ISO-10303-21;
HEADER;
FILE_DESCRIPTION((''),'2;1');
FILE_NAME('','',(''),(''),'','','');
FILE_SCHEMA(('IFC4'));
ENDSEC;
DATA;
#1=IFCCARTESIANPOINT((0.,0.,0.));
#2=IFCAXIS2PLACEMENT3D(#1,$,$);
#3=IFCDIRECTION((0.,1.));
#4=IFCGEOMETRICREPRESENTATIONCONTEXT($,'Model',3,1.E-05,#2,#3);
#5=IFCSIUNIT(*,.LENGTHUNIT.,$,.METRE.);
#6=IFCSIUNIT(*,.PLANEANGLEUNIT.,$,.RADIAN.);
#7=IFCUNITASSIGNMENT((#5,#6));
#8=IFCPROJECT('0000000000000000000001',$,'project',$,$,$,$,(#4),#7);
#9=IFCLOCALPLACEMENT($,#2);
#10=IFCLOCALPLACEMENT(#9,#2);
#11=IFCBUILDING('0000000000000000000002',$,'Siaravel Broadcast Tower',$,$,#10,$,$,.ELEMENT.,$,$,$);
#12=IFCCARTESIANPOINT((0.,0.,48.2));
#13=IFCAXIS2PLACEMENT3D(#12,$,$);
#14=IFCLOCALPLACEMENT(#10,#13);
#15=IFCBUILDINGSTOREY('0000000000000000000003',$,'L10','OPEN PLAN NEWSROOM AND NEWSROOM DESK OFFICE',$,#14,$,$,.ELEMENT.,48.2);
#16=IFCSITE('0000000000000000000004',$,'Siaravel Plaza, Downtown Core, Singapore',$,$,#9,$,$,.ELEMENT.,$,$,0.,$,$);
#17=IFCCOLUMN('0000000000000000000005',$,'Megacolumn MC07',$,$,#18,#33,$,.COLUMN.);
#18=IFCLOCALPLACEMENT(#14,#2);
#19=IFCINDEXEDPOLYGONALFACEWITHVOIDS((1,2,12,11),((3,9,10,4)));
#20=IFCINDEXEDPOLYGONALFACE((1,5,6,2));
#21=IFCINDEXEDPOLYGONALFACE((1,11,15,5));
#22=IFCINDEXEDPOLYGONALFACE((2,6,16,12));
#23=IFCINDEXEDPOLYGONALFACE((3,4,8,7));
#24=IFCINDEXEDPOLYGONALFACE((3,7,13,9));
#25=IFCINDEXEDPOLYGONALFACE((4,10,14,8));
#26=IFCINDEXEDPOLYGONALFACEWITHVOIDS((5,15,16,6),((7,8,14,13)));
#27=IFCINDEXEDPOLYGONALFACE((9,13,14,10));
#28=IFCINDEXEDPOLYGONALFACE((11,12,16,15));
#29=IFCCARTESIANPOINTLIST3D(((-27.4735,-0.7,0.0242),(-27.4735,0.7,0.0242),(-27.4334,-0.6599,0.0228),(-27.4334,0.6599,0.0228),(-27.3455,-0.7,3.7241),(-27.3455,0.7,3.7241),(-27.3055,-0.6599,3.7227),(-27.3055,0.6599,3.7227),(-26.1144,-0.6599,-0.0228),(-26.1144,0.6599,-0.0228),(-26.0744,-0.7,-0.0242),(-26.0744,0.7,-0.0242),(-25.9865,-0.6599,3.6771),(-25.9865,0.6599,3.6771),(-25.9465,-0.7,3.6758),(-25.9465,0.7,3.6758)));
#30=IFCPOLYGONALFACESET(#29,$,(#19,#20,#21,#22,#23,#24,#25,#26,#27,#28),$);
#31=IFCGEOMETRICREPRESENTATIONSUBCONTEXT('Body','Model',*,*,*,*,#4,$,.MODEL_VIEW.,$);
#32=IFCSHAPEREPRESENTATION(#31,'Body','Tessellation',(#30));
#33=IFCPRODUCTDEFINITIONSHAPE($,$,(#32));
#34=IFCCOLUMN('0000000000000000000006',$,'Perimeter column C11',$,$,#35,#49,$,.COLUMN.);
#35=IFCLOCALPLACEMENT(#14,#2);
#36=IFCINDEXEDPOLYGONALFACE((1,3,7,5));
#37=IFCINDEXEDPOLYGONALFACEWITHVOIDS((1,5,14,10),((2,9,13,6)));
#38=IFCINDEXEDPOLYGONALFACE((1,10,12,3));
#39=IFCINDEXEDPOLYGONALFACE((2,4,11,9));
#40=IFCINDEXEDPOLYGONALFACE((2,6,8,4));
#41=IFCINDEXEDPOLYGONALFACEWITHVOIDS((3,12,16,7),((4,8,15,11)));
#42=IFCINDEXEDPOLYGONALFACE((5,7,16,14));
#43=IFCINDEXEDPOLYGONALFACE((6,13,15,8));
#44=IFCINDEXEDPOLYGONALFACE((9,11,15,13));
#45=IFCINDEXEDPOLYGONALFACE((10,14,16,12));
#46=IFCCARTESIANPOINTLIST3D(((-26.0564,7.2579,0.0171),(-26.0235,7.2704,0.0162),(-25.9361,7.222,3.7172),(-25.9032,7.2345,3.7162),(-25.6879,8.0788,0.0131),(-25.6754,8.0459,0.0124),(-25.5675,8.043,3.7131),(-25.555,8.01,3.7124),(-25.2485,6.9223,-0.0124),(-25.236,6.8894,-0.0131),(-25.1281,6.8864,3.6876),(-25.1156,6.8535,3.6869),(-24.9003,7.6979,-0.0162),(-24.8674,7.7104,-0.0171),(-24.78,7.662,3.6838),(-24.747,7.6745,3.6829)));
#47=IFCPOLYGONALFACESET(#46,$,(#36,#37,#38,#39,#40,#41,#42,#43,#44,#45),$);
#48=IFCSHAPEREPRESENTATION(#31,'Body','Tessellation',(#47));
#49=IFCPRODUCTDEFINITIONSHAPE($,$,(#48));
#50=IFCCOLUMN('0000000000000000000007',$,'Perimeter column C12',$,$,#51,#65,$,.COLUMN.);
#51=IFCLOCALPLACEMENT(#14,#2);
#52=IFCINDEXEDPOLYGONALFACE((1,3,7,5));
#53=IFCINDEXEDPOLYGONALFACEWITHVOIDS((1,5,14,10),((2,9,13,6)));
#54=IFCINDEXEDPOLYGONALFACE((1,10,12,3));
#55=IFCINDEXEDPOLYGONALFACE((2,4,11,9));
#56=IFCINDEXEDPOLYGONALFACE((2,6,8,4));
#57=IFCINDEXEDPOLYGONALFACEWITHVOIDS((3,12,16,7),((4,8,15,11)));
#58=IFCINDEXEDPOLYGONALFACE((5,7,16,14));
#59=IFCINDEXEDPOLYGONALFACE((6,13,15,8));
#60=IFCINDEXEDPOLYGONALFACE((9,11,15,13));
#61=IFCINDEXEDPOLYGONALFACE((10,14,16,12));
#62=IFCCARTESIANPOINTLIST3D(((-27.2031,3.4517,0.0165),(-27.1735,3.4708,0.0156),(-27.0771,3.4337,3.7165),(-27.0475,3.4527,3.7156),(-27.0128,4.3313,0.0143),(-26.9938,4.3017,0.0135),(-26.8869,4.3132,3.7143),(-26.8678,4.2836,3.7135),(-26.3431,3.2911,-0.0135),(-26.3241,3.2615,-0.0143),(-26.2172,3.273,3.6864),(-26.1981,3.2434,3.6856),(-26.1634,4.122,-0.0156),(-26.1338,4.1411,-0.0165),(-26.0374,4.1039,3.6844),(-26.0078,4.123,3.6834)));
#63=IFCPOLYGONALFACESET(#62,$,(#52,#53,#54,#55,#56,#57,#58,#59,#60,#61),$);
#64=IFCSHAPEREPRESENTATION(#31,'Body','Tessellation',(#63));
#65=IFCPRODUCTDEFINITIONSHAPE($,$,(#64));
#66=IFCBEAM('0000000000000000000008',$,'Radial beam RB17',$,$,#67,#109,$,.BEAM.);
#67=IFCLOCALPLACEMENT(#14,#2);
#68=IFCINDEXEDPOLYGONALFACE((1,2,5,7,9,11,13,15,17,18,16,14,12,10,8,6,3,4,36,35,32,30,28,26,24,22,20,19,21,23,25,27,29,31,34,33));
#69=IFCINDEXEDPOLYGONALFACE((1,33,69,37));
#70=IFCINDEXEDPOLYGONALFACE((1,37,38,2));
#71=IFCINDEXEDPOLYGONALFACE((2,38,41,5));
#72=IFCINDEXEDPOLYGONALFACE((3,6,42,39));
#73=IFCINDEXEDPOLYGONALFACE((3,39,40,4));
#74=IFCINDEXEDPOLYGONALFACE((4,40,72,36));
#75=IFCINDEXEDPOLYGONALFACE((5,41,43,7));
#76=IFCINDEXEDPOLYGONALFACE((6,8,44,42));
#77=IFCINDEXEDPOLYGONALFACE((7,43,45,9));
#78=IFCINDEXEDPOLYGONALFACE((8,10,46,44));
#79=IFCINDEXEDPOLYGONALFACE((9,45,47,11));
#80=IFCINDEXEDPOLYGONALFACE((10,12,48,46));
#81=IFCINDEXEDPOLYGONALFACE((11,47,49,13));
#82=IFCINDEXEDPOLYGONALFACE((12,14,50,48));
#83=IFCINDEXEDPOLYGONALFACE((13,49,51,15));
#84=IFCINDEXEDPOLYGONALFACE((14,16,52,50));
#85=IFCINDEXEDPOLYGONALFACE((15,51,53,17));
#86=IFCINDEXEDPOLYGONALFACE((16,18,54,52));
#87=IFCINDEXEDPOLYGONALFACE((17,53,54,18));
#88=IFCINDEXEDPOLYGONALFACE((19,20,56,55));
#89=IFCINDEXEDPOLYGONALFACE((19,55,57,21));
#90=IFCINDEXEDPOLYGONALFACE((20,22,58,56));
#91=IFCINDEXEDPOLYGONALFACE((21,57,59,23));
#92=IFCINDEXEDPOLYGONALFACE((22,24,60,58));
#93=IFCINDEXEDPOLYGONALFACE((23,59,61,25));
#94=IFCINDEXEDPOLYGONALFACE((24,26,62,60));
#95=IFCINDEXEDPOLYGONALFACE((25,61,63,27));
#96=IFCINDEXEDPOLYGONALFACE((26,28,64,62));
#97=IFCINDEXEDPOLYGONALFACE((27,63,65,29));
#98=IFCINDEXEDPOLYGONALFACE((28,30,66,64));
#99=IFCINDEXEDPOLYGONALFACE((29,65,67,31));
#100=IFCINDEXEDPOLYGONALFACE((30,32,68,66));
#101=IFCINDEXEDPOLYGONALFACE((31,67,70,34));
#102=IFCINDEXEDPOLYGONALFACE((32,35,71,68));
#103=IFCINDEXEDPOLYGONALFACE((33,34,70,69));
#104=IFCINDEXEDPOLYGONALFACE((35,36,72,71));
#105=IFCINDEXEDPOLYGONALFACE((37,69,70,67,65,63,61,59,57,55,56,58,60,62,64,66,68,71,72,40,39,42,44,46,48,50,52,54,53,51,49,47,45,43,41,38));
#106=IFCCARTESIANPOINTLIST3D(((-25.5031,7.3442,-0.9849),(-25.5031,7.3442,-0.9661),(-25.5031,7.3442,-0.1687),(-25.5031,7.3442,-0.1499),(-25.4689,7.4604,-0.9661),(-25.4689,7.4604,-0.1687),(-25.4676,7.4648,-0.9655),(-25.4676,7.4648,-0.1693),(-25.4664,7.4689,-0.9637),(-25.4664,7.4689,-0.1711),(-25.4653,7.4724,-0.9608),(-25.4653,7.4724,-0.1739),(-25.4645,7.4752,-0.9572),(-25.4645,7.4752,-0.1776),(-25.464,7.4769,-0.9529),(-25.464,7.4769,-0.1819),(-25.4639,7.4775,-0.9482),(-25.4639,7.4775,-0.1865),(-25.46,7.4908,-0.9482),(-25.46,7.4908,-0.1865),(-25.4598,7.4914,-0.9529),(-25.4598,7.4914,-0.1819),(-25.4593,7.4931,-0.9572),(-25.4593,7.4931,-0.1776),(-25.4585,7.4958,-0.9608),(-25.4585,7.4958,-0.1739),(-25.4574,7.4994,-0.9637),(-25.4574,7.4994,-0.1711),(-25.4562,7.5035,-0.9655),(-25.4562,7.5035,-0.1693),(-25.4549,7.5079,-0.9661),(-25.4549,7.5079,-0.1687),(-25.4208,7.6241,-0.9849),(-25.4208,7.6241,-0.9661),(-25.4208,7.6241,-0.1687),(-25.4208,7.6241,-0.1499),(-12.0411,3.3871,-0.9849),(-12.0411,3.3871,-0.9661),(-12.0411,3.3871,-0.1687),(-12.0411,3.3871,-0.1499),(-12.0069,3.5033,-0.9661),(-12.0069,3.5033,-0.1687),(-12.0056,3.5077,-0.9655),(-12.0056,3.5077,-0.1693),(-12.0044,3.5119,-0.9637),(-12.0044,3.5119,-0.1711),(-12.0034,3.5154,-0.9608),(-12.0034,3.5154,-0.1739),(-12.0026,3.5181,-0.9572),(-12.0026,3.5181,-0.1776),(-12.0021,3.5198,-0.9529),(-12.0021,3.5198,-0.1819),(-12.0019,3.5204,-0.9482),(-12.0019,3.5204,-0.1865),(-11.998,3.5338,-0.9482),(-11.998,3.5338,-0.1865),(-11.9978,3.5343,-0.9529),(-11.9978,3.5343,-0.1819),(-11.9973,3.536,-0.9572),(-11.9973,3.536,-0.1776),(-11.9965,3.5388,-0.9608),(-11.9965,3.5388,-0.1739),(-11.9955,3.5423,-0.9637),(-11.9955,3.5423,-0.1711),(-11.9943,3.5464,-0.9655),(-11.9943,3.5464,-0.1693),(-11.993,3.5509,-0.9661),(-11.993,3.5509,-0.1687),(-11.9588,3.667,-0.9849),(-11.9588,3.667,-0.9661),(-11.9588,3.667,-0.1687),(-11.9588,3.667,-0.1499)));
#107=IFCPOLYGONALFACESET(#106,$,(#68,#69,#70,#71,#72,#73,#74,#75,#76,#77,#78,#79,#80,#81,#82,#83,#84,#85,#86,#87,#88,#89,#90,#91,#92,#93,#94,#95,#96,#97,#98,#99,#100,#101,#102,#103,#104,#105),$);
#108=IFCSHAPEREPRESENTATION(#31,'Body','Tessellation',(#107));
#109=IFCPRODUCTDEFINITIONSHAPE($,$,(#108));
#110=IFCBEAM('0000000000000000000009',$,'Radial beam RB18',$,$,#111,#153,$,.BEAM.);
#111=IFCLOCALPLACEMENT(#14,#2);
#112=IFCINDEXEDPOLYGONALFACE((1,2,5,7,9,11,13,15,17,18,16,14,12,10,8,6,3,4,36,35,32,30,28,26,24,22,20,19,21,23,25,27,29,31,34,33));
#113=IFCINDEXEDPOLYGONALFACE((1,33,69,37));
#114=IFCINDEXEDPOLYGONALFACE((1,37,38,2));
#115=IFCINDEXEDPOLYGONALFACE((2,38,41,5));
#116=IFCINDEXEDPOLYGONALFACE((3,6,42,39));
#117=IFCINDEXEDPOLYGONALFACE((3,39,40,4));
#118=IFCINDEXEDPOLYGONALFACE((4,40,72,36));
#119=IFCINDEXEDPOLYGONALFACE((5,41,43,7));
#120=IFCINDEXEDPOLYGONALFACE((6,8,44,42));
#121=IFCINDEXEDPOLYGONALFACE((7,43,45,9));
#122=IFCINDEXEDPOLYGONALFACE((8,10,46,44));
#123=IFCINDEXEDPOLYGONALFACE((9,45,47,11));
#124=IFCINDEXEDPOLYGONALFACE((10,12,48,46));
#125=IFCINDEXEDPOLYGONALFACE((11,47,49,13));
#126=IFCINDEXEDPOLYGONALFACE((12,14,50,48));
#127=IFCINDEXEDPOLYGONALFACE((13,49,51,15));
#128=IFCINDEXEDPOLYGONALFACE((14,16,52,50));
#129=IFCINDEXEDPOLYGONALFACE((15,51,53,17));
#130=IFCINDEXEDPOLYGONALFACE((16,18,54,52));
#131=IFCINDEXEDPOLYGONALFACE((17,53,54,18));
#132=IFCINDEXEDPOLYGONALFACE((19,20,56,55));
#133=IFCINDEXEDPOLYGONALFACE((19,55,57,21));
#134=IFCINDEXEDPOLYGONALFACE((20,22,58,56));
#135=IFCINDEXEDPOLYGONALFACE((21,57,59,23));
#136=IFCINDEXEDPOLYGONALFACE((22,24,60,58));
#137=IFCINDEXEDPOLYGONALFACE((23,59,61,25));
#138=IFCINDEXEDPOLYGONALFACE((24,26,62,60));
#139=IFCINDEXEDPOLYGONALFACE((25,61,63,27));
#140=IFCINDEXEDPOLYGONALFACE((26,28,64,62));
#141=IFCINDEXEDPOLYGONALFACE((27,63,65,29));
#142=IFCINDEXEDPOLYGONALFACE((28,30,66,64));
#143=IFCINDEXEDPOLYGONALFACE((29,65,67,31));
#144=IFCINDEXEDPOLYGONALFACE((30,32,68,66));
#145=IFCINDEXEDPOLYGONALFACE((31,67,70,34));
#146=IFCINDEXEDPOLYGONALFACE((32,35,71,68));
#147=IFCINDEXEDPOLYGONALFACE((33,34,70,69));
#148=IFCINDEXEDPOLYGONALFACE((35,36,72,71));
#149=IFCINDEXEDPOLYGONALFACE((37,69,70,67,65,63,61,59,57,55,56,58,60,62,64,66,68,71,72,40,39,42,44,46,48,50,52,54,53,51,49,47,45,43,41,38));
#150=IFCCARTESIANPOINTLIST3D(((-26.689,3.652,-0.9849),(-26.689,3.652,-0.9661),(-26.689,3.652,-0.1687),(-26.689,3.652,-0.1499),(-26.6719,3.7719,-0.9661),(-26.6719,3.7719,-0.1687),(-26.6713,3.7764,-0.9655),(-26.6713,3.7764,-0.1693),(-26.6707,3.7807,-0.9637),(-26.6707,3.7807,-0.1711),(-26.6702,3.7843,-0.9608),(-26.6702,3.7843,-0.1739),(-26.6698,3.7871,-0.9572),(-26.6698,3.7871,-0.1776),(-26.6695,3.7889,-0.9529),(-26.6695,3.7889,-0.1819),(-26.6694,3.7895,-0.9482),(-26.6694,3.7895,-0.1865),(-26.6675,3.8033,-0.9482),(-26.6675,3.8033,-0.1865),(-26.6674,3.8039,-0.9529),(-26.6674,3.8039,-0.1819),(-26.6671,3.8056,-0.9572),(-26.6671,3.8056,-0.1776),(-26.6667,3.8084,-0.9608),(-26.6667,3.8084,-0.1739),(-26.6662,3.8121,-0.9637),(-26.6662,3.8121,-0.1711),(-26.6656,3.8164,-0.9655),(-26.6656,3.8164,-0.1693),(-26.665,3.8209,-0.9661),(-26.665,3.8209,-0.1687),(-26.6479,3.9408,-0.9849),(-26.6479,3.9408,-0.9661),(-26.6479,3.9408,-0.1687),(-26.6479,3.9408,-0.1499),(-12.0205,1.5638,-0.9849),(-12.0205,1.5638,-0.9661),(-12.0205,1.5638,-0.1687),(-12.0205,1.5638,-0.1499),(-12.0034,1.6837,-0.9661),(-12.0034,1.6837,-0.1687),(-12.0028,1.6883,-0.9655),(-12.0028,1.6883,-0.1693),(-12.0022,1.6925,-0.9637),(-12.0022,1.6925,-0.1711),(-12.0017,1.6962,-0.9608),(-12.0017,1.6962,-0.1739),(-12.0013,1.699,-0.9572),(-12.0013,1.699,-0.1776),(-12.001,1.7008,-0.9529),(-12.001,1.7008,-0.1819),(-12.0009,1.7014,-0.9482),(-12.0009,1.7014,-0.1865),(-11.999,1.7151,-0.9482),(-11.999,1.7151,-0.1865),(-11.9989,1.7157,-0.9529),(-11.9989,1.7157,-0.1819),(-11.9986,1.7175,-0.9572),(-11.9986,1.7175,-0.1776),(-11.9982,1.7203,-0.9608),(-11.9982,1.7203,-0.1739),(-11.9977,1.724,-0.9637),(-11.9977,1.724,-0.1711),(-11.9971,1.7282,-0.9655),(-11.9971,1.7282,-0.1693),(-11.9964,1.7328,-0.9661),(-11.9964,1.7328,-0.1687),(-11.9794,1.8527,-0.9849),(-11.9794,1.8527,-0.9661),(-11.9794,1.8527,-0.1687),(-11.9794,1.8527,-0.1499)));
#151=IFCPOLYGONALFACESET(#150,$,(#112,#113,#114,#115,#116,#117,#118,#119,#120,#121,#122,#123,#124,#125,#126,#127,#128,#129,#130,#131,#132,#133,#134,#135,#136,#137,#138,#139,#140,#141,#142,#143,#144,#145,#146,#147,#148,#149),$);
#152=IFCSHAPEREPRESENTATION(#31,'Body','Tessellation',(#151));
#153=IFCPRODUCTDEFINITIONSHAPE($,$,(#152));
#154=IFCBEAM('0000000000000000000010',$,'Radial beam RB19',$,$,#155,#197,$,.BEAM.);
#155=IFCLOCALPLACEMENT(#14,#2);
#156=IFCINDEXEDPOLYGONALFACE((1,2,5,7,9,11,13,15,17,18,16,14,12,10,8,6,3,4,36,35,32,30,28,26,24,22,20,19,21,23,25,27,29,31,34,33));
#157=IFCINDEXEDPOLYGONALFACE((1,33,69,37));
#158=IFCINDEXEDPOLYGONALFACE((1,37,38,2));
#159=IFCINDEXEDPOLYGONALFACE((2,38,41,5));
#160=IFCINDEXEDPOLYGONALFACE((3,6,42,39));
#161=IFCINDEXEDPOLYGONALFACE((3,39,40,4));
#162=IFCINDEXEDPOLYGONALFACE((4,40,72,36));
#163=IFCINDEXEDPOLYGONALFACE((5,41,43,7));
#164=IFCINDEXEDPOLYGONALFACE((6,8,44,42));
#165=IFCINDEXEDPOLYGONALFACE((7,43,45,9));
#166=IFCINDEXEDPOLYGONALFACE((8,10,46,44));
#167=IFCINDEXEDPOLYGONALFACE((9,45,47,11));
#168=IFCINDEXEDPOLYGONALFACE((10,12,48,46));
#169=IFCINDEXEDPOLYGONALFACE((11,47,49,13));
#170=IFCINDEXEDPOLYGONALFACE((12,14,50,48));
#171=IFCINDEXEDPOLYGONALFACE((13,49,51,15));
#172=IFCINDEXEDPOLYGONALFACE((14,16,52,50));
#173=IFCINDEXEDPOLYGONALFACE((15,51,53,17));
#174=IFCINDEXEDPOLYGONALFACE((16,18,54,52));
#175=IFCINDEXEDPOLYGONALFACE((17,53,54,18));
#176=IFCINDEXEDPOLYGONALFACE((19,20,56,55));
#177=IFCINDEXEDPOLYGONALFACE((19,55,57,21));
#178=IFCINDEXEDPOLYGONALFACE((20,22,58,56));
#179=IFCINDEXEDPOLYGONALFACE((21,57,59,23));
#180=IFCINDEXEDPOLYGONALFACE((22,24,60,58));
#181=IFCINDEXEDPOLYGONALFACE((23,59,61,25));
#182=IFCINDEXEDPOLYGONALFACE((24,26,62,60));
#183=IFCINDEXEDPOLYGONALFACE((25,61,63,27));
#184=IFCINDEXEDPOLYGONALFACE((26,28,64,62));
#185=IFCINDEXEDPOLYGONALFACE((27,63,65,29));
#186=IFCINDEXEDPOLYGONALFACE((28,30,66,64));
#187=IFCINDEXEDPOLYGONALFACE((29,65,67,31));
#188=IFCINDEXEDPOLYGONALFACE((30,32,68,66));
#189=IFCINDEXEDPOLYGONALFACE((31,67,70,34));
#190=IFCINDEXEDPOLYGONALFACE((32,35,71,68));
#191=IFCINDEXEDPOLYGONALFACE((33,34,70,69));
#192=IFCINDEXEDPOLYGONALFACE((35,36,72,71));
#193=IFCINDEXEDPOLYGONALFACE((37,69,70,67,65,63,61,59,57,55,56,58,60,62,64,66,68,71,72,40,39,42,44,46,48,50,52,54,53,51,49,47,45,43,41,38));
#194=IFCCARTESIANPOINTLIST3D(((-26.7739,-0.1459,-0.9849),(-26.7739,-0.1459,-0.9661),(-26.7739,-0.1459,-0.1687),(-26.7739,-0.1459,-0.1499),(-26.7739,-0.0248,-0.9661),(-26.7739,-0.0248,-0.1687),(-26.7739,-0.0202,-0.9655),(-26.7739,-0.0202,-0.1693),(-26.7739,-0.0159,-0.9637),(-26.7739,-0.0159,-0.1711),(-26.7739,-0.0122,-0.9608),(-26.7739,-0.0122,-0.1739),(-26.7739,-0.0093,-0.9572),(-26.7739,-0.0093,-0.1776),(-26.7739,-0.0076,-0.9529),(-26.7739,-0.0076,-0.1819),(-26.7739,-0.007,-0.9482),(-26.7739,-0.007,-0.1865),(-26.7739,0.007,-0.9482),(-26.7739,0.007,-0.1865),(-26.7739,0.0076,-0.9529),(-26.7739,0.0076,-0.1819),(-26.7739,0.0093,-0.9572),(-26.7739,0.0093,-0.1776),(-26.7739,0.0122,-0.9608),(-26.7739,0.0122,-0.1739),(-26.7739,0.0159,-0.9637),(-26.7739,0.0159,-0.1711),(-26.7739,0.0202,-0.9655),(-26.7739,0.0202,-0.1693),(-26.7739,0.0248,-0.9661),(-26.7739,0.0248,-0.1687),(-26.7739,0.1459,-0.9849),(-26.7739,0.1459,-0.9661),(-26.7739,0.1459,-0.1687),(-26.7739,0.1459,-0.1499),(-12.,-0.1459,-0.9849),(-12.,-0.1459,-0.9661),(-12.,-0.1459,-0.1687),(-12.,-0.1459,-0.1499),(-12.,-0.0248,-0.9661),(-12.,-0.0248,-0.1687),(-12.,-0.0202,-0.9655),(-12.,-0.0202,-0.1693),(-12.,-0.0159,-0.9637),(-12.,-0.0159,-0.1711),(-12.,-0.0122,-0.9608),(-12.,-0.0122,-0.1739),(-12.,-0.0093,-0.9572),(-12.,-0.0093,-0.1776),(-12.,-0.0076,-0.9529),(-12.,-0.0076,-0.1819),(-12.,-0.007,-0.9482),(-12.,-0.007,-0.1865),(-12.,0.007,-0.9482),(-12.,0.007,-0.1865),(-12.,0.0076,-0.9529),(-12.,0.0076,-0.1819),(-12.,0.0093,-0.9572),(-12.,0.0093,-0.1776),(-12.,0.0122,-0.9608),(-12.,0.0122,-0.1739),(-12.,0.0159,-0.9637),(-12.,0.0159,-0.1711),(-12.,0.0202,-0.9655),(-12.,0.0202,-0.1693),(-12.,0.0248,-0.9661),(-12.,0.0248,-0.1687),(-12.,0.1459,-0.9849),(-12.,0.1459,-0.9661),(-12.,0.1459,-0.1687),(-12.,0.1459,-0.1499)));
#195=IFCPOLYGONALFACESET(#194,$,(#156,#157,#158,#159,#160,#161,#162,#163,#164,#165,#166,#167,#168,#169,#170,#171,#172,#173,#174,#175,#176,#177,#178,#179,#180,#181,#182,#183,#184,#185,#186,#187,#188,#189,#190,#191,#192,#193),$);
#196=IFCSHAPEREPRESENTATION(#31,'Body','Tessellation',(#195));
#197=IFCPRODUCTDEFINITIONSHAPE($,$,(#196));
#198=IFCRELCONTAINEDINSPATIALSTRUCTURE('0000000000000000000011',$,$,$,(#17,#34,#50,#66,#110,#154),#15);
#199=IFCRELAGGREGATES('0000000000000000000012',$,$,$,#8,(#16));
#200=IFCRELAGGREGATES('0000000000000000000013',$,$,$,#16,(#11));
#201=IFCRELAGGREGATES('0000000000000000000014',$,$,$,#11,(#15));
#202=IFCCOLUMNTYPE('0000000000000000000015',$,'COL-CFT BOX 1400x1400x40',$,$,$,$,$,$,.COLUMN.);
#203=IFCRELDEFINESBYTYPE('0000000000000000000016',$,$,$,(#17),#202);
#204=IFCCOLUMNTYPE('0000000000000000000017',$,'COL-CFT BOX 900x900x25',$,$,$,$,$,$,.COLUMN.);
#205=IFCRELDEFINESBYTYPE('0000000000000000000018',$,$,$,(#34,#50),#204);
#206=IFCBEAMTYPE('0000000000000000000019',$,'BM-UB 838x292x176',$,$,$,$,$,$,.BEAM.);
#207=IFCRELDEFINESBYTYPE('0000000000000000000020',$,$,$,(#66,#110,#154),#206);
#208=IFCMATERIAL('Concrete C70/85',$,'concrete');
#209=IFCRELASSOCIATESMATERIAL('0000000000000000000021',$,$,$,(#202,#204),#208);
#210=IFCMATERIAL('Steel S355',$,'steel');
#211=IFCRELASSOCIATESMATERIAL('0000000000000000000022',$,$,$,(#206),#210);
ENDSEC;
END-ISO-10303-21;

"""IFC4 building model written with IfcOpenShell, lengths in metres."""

from ifc_helpers import new_model, si_unit, direction, frame, origin, origin_2d, place, context, subcontext, project, spatial, hollow_rectangle, i_section, extrude, material, material_profile, profile_set, type_object, element, save


model = new_model("IFC4")

# Units and contexts
model_context = context("Model", 3, precision=1e-05, world=origin(), true_north=direction((0.0, 1.0)))
body_context = subcontext(model_context, "Body", "Model", "MODEL_VIEW")
ifc_project = project(units=[si_unit("LENGTHUNIT", "METRE"), si_unit("PLANEANGLEUNIT", "RADIAN")], contexts=[model_context])

# Site, building, storey
site_placement = place(None, origin())
site = spatial("IfcSite", under=ifc_project, at=site_placement, Name="Siaravel Plaza, Downtown Core, Singapore", CompositionType="ELEMENT", RefElevation=0.0)
building_placement = place(site_placement, origin())
building = spatial("IfcBuilding", under=site, at=building_placement, Name="Siaravel Broadcast Tower", CompositionType="ELEMENT")
storey_placement = place(building_placement, frame((0.0, 0.0, 48.2)))
storey = spatial("IfcBuildingStorey", under=building, at=storey_placement, Name="L10", Description="OPEN PLAN NEWSROOM AND NEWSROOM DESK OFFICE", CompositionType="ELEMENT", Elevation=48.2)

# Columns
ifc_material_1 = material(Name="Concrete C70/85", Category="concrete")
ifc_material_profile_1 = material_profile(ifc_material_1, hollow_rectangle(XDim=1.3999, YDim=1.3999, WallThickness=0.04, at=origin_2d()))
ifc_profile_set_1 = profile_set([ifc_material_profile_1], Name="Concrete C70/85")
column_type_1 = type_object("IfcColumnType", Name="COL-CFT BOX 1400x1400x40", PredefinedType="COLUMN", material=ifc_profile_set_1)
column_placement = place(storey_placement, frame((-26.7739, 0.0, 0.0), z_axis=(0.034555, 0.0, 0.999403), x_axis=(0.0, 1.0, 0.0)))
element("IfcColumn", 1, at=column_placement, inside=storey, type_object=column_type_1, Name="Megacolumn MC07", PredefinedType="COLUMN", context=body_context, shape_type="SweptSolid", body=[
    extrude(hollow_rectangle(XDim=1.3999, YDim=1.3999, WallThickness=0.04, at=origin_2d()), origin(), (0.0, 0.0, 1.0), 3.7021),
])
ifc_material_profile_2 = material_profile(ifc_material_1, hollow_rectangle(XDim=0.8999, YDim=0.8999, WallThickness=0.0249, at=origin_2d()))
ifc_profile_set_2 = profile_set([ifc_material_profile_2], Name="Concrete C70/85")
column_type_2 = type_object("IfcColumnType", Name="COL-CFT BOX 900x900x25", PredefinedType="COLUMN", material=ifc_profile_set_2)
for number, where, z_axis, x_axis, name in (
    (2, (-25.4619, 7.4841, 0.0), (0.032512, -0.009694, 0.999424), (0.409552, 0.912276, -0.004474), "Perimeter column C11"),
    (3, (-26.6685, 3.7964, 0.0), (0.034028, -0.00488, 0.999409), (0.211423, 0.977392, -0.002426), "Perimeter column C12"),
):
    element("IfcColumn", number, at=place(storey_placement, frame(where, z_axis=z_axis, x_axis=x_axis)), inside=storey, type_object=column_type_2, Name=name, PredefinedType="COLUMN", context=body_context, shape_type="SweptSolid", body=[
        extrude(hollow_rectangle(XDim=0.8999, YDim=0.8999, WallThickness=0.0249, at=origin_2d()), origin(), (0.0, 0.0, 1.0), 3.7021),
    ])

# Beams
ifc_material_2 = material(Name="Steel S355", Category="steel")
ifc_material_profile_3 = material_profile(ifc_material_2, i_section(OverallWidth=0.2917, OverallDepth=0.835, WebThickness=0.0139, FlangeThickness=0.0188, FilletRadius=0.0178, at=origin_2d()))
ifc_profile_set_3 = profile_set([ifc_material_profile_3], Name="Steel S355")
beam_type = type_object("IfcBeamType", Name="BM-UB 838x292x176", PredefinedType="BEAM", material=ifc_profile_set_3)
beam_1_placement = place(storey_placement, frame((-25.4619, 7.4841, -0.5674), z_axis=(0.959411, -0.282012, 0.0), x_axis=(0.282012, 0.959411, 0.0)))
element("IfcBeam", 4, at=beam_1_placement, inside=storey, type_object=beam_type, Name="Radial beam RB17", PredefinedType="BEAM", context=body_context, shape_type="SweptSolid", body=[
    extrude(i_section(OverallWidth=0.2917, OverallDepth=0.835, WebThickness=0.0139, FlangeThickness=0.0188, FilletRadius=0.0178, at=origin_2d()), origin(), (0.0, 0.0, 1.0), 14.0315),
])
beam_2_placement = place(storey_placement, frame((-26.6685, 3.7964, -0.5674), z_axis=(0.990019, -0.140935, 0.0), x_axis=(0.140935, 0.990019, 0.0)))
element("IfcBeam", 5, at=beam_2_placement, inside=storey, type_object=beam_type, Name="Radial beam RB18", PredefinedType="BEAM", context=body_context, shape_type="SweptSolid", body=[
    extrude(i_section(OverallWidth=0.2917, OverallDepth=0.835, WebThickness=0.0139, FlangeThickness=0.0188, FilletRadius=0.0178, at=origin_2d()), origin(), (0.0, 0.0, 1.0), 14.8164),
])
beam_3_placement = place(storey_placement, frame((-26.7739, 0.0, -0.5674), z_axis=(1.0, 0.0, 0.0), x_axis=(0.0, 1.0, 0.0)))
element("IfcBeam", 6, at=beam_3_placement, inside=storey, type_object=beam_type, Name="Radial beam RB19", PredefinedType="BEAM", context=body_context, shape_type="SweptSolid", body=[
    extrude(i_section(OverallWidth=0.2917, OverallDepth=0.835, WebThickness=0.0139, FlangeThickness=0.0188, FilletRadius=0.0178, at=origin_2d()), origin(), (0.0, 0.0, 1.0), 14.7739),
])

save(model, "model.ifc")
